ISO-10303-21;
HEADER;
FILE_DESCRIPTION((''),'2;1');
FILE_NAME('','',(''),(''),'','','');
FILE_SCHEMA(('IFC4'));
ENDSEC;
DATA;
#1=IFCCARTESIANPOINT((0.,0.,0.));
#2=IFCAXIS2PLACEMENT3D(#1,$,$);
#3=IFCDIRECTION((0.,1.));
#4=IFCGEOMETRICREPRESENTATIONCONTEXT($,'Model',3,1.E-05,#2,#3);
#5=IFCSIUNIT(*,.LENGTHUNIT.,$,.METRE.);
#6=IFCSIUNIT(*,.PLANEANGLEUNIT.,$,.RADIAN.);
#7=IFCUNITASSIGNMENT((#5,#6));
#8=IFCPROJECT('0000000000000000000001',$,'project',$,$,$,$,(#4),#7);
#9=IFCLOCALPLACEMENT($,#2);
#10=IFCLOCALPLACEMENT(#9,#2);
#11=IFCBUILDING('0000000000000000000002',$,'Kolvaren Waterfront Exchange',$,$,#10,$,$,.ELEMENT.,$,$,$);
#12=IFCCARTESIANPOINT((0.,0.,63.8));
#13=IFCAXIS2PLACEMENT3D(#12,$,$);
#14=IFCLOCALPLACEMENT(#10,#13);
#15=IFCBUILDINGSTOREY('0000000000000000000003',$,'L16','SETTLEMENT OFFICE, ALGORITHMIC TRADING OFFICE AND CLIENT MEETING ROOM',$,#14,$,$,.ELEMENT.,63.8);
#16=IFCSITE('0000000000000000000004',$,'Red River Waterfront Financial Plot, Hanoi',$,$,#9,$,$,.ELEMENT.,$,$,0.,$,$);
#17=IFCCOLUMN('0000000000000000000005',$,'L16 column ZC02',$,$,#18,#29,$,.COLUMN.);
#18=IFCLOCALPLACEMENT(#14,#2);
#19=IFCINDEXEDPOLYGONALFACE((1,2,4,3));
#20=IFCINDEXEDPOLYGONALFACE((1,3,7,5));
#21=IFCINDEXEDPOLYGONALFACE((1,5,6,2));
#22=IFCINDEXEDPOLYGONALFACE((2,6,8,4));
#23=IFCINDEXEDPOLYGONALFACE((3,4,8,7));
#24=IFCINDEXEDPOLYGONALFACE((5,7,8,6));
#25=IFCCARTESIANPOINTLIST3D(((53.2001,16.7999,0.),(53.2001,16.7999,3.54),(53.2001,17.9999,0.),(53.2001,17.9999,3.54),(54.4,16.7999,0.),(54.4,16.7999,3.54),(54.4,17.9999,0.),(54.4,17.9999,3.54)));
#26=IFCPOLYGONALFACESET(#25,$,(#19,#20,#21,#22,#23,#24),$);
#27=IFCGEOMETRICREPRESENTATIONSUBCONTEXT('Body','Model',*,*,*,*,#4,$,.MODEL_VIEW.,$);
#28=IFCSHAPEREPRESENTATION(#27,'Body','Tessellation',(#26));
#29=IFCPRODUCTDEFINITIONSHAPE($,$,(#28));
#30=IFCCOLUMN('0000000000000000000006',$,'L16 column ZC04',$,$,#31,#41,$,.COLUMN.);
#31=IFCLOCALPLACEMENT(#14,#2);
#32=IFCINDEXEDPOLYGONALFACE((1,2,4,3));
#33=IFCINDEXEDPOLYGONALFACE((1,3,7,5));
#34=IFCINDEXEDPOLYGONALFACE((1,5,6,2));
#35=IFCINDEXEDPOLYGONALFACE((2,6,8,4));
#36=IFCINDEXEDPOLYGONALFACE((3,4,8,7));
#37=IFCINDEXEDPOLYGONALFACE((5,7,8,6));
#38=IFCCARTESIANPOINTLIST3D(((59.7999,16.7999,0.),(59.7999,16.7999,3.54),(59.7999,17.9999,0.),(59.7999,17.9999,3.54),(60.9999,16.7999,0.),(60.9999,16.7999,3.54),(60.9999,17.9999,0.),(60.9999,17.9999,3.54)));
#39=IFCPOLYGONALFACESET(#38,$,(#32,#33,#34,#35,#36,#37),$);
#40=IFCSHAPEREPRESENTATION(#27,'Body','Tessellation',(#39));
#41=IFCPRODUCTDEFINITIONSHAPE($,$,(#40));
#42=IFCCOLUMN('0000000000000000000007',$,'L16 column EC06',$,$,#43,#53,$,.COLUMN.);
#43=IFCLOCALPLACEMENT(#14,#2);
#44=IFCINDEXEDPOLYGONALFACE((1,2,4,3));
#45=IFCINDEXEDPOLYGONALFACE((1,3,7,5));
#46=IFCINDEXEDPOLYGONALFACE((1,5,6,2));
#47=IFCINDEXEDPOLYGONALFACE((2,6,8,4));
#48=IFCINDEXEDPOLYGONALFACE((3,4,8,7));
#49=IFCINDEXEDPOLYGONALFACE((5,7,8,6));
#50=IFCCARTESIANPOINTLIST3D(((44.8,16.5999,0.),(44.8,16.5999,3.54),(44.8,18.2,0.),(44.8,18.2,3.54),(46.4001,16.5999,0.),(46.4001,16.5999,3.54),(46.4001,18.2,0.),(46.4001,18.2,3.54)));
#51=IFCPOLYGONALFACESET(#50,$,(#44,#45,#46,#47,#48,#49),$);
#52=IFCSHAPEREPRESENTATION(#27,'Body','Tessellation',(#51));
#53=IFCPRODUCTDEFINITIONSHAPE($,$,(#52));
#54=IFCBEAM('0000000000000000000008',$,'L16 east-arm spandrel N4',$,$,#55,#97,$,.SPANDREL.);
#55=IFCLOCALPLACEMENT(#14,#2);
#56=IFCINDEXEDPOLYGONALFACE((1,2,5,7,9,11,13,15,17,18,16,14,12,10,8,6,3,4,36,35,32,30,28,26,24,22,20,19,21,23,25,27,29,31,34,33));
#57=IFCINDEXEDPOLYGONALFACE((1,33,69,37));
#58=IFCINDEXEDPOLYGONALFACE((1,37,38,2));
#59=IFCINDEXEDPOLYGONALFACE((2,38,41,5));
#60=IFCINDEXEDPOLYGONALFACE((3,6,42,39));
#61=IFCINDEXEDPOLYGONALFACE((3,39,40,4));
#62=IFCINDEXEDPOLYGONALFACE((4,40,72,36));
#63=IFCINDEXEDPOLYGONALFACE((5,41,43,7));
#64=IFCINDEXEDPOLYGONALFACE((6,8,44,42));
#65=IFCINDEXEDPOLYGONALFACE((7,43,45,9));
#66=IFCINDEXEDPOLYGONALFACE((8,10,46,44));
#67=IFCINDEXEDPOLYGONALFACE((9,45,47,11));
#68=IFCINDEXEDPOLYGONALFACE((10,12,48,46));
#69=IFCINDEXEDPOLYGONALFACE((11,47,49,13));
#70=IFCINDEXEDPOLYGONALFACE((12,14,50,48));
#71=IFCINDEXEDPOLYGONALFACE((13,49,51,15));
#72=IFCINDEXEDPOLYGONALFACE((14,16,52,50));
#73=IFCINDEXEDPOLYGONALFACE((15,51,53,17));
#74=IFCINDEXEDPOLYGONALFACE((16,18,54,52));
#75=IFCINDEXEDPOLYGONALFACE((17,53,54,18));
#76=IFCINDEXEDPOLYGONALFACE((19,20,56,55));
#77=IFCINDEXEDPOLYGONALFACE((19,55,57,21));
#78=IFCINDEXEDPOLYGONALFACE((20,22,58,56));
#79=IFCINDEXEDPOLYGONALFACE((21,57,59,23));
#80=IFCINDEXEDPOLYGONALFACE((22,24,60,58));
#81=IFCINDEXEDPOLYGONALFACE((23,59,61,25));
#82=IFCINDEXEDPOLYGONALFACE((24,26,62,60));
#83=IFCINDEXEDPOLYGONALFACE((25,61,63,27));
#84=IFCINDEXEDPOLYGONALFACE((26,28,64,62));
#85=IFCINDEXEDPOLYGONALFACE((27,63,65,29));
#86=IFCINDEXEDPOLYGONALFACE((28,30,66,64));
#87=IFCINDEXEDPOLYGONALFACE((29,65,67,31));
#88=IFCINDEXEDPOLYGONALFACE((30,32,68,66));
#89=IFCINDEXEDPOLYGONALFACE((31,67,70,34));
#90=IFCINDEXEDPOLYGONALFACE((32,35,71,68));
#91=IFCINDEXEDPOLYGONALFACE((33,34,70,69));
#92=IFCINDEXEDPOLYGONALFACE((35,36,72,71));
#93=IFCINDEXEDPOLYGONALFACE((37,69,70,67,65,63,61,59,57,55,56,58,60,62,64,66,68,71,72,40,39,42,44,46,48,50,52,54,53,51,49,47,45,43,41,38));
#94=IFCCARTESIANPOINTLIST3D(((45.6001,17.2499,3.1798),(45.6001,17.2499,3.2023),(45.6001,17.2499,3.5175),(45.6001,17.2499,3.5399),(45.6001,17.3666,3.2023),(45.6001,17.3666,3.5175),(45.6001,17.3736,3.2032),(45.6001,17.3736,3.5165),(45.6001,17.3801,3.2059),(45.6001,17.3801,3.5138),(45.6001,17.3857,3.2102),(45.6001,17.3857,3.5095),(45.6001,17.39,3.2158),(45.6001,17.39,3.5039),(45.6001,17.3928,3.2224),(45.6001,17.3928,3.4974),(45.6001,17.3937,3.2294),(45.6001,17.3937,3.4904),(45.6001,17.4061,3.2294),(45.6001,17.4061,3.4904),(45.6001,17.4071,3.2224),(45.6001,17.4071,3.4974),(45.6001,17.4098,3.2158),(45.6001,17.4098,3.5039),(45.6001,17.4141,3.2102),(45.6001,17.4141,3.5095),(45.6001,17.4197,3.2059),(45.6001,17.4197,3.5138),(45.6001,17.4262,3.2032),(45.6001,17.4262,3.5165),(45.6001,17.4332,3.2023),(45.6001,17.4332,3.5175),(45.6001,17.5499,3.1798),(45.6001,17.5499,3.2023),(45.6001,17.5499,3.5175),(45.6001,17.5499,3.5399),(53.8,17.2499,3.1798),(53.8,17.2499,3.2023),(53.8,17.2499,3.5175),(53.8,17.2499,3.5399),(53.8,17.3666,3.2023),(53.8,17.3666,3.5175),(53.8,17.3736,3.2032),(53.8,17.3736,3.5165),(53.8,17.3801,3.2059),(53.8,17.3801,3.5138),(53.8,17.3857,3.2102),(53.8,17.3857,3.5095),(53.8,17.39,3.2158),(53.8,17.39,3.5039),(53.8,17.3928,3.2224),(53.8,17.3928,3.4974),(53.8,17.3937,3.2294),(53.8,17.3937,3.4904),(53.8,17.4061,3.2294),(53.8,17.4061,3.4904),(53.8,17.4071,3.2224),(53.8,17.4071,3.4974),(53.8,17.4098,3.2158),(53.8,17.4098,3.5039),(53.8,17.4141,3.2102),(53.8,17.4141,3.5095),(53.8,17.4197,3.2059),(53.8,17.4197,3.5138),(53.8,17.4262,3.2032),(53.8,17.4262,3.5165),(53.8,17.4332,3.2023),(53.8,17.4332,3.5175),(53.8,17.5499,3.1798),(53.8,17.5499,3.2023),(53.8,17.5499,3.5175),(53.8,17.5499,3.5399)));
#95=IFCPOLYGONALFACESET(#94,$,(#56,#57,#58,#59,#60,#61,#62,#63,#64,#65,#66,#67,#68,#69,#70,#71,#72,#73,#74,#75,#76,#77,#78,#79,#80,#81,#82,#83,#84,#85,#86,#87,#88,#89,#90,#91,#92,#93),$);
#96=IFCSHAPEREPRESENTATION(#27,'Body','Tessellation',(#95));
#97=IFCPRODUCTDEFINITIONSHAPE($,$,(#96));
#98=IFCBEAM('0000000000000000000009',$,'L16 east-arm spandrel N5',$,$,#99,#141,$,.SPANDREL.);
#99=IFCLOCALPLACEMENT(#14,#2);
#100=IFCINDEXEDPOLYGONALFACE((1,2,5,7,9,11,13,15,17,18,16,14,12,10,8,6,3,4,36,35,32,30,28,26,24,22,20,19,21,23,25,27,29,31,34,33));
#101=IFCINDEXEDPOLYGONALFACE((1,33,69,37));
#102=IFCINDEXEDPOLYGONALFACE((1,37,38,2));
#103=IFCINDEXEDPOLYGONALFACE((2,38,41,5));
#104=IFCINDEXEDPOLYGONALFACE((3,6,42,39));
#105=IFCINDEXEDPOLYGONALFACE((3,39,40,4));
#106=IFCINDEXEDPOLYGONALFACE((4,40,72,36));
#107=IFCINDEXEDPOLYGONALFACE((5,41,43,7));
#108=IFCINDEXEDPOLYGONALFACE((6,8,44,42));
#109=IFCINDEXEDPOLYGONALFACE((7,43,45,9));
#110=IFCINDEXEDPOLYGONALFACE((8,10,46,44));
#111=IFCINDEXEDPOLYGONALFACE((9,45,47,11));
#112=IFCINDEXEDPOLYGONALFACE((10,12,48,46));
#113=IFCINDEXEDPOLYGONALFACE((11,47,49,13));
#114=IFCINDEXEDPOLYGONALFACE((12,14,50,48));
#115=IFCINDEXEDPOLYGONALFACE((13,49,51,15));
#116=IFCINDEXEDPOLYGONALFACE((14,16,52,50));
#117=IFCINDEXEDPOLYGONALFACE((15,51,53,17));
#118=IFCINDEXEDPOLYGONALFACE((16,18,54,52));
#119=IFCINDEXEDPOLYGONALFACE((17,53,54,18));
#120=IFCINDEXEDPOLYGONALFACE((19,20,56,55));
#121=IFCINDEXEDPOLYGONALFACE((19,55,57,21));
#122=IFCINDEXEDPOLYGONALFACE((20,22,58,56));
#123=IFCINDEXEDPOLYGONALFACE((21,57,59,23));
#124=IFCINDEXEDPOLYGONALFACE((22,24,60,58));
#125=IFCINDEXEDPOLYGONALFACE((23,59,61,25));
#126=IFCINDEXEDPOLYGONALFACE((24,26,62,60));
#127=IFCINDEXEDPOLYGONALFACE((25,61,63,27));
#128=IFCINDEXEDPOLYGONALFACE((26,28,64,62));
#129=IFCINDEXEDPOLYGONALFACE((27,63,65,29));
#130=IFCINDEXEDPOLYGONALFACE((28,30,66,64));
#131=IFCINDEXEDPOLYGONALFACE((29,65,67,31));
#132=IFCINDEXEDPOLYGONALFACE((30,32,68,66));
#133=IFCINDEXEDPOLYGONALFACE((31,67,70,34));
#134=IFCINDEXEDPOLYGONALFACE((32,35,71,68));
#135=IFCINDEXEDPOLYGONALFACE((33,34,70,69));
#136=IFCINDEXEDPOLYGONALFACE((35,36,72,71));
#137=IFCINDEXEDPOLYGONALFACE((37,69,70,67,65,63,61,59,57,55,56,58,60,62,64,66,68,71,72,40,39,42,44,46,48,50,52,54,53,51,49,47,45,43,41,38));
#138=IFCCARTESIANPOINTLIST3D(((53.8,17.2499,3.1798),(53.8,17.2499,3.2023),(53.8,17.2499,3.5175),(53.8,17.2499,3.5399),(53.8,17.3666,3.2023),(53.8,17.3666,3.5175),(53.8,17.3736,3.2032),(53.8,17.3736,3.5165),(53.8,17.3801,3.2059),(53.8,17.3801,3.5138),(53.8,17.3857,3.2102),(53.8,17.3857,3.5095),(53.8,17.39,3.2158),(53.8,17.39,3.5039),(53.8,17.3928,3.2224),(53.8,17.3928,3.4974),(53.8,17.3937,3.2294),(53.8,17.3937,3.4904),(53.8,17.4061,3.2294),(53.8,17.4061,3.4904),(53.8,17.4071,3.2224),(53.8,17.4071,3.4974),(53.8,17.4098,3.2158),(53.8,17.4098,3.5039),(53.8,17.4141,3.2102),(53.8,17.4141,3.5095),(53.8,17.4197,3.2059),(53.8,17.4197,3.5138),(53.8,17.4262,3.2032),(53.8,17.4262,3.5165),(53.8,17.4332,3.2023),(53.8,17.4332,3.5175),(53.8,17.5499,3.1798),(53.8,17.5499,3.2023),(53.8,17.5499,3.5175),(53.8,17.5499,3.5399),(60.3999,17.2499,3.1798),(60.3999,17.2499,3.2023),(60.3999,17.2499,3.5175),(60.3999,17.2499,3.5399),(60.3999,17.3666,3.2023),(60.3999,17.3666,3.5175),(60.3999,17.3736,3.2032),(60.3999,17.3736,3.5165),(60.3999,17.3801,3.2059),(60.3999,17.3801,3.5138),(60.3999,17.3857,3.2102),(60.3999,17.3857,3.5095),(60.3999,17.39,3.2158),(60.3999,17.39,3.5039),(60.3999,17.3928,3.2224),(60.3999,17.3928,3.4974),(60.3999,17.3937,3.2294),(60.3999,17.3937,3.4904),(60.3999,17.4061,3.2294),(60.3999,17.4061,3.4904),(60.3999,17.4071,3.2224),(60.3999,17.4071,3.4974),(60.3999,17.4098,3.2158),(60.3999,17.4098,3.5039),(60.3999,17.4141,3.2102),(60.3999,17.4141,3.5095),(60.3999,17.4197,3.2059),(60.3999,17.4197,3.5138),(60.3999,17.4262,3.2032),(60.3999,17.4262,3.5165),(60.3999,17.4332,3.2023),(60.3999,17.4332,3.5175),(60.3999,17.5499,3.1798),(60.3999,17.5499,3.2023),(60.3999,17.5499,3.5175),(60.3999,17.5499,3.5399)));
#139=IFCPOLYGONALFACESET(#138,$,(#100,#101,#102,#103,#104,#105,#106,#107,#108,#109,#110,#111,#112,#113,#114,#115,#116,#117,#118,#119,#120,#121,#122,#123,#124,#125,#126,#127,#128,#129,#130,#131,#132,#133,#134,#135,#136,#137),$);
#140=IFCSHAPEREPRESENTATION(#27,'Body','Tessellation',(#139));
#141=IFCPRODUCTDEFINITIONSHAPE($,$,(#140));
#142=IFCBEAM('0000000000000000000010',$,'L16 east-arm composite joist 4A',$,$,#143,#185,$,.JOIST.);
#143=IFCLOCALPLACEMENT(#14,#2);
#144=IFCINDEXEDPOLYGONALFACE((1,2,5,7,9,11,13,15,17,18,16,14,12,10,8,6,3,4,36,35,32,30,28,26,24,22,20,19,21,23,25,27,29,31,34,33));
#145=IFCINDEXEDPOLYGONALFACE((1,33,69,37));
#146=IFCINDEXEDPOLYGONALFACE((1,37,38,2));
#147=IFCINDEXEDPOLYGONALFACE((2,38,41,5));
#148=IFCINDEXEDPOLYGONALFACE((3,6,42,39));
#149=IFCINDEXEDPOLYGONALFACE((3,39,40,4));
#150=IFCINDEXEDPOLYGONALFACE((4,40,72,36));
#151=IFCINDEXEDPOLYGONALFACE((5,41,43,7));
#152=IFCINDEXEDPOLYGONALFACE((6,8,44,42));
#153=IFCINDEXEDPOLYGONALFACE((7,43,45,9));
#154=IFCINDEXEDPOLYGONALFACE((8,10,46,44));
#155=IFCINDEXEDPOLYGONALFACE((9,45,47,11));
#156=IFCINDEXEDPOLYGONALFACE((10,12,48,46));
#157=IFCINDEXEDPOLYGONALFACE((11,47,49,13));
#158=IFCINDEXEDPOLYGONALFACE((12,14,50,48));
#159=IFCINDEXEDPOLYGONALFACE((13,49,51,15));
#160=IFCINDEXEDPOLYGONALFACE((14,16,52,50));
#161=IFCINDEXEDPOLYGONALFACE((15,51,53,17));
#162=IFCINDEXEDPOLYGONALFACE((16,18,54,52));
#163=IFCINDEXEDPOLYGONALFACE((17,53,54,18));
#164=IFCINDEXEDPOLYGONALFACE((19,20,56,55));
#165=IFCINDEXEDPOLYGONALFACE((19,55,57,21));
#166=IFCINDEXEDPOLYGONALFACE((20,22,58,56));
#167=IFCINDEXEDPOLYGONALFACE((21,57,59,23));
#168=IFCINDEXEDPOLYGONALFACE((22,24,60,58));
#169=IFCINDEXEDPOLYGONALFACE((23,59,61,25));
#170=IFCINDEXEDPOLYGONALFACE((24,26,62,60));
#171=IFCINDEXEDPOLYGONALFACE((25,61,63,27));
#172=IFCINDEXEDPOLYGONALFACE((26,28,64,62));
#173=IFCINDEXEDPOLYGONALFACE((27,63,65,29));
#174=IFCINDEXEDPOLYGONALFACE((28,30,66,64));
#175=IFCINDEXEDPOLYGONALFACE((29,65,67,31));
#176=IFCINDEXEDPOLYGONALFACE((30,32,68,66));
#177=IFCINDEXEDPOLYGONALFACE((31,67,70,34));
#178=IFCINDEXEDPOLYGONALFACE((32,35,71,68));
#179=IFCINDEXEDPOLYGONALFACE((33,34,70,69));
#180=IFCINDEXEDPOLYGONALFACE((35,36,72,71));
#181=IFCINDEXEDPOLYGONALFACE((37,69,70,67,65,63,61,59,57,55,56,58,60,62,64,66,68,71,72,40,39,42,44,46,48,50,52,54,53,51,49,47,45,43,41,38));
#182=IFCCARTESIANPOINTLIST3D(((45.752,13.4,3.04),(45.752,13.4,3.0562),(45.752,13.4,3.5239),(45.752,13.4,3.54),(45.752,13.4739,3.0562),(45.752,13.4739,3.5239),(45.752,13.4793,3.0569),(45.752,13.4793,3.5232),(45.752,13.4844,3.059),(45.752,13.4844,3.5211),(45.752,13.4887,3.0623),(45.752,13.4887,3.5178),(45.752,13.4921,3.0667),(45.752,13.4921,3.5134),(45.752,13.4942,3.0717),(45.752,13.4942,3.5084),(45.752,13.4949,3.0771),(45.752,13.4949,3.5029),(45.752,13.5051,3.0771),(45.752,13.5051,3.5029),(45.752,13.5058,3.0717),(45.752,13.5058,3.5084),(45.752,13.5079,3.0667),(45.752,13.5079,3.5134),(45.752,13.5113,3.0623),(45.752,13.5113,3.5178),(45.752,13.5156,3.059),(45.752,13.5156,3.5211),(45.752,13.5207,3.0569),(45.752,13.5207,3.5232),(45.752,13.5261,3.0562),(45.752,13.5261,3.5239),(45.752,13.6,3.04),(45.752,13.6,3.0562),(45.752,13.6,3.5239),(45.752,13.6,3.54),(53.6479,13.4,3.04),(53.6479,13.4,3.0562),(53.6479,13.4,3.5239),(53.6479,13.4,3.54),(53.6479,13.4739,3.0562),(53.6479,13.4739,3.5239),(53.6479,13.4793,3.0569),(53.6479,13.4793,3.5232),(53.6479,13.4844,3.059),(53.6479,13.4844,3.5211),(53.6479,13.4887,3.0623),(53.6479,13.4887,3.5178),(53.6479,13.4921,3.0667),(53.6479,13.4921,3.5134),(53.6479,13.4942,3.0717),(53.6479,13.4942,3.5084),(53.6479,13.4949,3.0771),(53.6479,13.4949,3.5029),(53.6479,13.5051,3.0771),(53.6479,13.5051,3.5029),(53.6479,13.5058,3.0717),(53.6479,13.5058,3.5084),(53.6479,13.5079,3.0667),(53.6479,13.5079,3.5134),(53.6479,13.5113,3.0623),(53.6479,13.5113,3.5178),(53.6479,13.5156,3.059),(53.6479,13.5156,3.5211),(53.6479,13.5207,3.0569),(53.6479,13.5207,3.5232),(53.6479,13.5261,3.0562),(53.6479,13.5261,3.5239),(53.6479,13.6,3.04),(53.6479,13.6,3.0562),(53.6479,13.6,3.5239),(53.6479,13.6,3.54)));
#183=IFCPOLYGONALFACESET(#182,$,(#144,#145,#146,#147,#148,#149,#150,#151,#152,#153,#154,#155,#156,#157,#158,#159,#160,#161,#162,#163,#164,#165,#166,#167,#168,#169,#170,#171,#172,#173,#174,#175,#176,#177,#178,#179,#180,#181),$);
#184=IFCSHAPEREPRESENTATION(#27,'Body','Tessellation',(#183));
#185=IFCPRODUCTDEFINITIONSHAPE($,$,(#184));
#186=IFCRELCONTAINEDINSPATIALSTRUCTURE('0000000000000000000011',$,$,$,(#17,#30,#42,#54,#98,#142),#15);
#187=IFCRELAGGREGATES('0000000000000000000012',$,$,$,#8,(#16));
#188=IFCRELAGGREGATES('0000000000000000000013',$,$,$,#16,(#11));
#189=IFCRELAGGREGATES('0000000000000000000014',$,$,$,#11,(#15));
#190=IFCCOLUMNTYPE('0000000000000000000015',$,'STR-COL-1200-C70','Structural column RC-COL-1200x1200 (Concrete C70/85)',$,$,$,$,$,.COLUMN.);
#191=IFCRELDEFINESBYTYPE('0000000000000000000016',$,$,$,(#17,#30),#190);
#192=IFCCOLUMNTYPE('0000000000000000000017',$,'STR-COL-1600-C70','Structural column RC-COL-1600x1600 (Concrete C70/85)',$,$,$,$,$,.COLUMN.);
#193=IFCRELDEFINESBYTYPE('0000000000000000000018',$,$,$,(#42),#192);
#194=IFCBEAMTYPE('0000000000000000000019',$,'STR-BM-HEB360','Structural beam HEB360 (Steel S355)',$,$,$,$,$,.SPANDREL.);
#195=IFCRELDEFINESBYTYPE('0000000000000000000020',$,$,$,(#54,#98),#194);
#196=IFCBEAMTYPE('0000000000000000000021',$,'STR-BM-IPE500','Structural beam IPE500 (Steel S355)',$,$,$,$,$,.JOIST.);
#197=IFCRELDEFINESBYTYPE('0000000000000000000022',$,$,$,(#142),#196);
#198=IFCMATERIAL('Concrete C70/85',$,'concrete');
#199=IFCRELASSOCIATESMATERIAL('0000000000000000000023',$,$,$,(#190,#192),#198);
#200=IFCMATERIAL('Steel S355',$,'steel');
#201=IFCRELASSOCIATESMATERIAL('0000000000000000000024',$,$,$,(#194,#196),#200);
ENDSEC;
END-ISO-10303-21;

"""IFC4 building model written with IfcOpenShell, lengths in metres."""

from ifc_helpers import new_model, si_unit, direction, frame, origin, origin_2d, place, context, subcontext, project, spatial, rectangle, i_section, extrude, material, material_profile, profile_set, type_object, element, save


model = new_model("IFC4")

# Units and contexts
model_context = context("Model", 3, precision=1e-05, world=origin(), true_north=direction((0.0, 1.0)))
body_context = subcontext(model_context, "Body", "Model", "MODEL_VIEW")
ifc_project = project(units=[si_unit("LENGTHUNIT", "METRE"), si_unit("PLANEANGLEUNIT", "RADIAN")], contexts=[model_context])

# Site, building, storey
site_placement = place(None, origin())
site = spatial("IfcSite", under=ifc_project, at=site_placement, Name="Red River Waterfront Financial Plot, Hanoi", CompositionType="ELEMENT", RefElevation=0.0)
building_placement = place(site_placement, origin())
building = spatial("IfcBuilding", under=site, at=building_placement, Name="Kolvaren Waterfront Exchange", CompositionType="ELEMENT")
storey_placement = place(building_placement, frame((0.0, 0.0, 63.8)))
storey = spatial("IfcBuildingStorey", under=building, at=storey_placement, Name="L16", Description="SETTLEMENT OFFICE, ALGORITHMIC TRADING OFFICE AND CLIENT MEETING ROOM", CompositionType="ELEMENT", Elevation=63.8)

# Columns
ifc_material_1 = material(Name="Concrete C70/85", Category="concrete")
ifc_material_profile_1 = material_profile(ifc_material_1, rectangle(XDim=1.2, YDim=1.2, at=origin_2d()), Name="RC-COL-1200x1200")
ifc_profile_set_1 = profile_set([ifc_material_profile_1], Name="Concrete C70/85")
column_type_1 = type_object("IfcColumnType", Name="STR-COL-1200-C70", Description="Structural column RC-COL-1200x1200 (Concrete C70/85)", PredefinedType="COLUMN", material=ifc_profile_set_1)
for number, where, z_axis, x_axis, name in (
    (1, (53.8, 17.3999, 0.0), (0.0, 0.0, 1.0), (1.0, 0.0, 0.0), "L16 column ZC02"),
    (2, (60.3999, 17.3999, 0.0), (0.0, 0.0, 1.0), (1.0, 0.0, 0.0), "L16 column ZC04"),
):
    element("IfcColumn", number, at=place(storey_placement, frame(where, z_axis=z_axis, x_axis=x_axis)), inside=storey, type_object=column_type_1, Name=name, PredefinedType="COLUMN", context=body_context, shape_type="SweptSolid", body=[
        extrude(rectangle(XDim=1.2, YDim=1.2, at=origin_2d()), origin(), (0.0, 0.0, 1.0), 3.54),
    ])
ifc_material_profile_2 = material_profile(ifc_material_1, rectangle(XDim=1.6001, YDim=1.6001, at=origin_2d()), Name="RC-COL-1600x1600")
ifc_profile_set_2 = profile_set([ifc_material_profile_2], Name="Concrete C70/85")
column_type_2 = type_object("IfcColumnType", Name="STR-COL-1600-C70", Description="Structural column RC-COL-1600x1600 (Concrete C70/85)", PredefinedType="COLUMN", material=ifc_profile_set_2)
column_placement = place(storey_placement, frame((45.6001, 17.3999, 0.0), z_axis=(0.0, 0.0, 1.0), x_axis=(1.0, 0.0, 0.0)))
element("IfcColumn", 3, at=column_placement, inside=storey, type_object=column_type_2, Name="L16 column EC06", PredefinedType="COLUMN", context=body_context, shape_type="SweptSolid", body=[
    extrude(rectangle(XDim=1.6001, YDim=1.6001, at=origin_2d()), origin(), (0.0, 0.0, 1.0), 3.54),
])

# Beams
ifc_material_2 = material(Name="Steel S355", Category="steel")
ifc_material_profile_3 = material_profile(ifc_material_2, i_section(OverallWidth=0.3, OverallDepth=0.3601, WebThickness=0.0125, FlangeThickness=0.0225, FilletRadius=0.0271, at=origin_2d()), Name="HEB360")
ifc_profile_set_3 = profile_set([ifc_material_profile_3], Name="Steel S355")
beam_type_1 = type_object("IfcBeamType", Name="STR-BM-HEB360", Description="Structural beam HEB360 (Steel S355)", PredefinedType="SPANDREL", material=ifc_profile_set_3)
beam_1_placement = place(storey_placement, frame((45.6001, 17.3999, 3.3599), z_axis=(1.0, 0.0, 0.0), x_axis=(0.0, 1.0, 0.0)))
element("IfcBeam", 4, at=beam_1_placement, inside=storey, type_object=beam_type_1, Name="L16 east-arm spandrel N4", PredefinedType="SPANDREL", context=body_context, shape_type="SweptSolid", body=[
    extrude(i_section(OverallWidth=0.3, OverallDepth=0.3601, WebThickness=0.0125, FlangeThickness=0.0225, FilletRadius=0.0271, at=origin_2d()), origin(), (0.0, 0.0, 1.0), 8.2),
])
beam_2_placement = place(storey_placement, frame((53.8, 17.3999, 3.3599), z_axis=(1.0, 0.0, 0.0), x_axis=(0.0, 1.0, 0.0)))
element("IfcBeam", 5, at=beam_2_placement, inside=storey, type_object=beam_type_1, Name="L16 east-arm spandrel N5", PredefinedType="SPANDREL", context=body_context, shape_type="SweptSolid", body=[
    extrude(i_section(OverallWidth=0.3, OverallDepth=0.3601, WebThickness=0.0125, FlangeThickness=0.0225, FilletRadius=0.0271, at=origin_2d()), origin(), (0.0, 0.0, 1.0), 6.5999),
])
ifc_material_profile_4 = material_profile(ifc_material_2, i_section(OverallWidth=0.2, OverallDepth=0.5, WebThickness=0.0103, FlangeThickness=0.0161, FilletRadius=0.021, at=origin_2d()), Name="IPE500")
ifc_profile_set_4 = profile_set([ifc_material_profile_4], Name="Steel S355")
beam_type_2 = type_object("IfcBeamType", Name="STR-BM-IPE500", Description="Structural beam IPE500 (Steel S355)", PredefinedType="JOIST", material=ifc_profile_set_4)
for number, where, z_axis, x_axis, name in (
    (6, (45.752, 13.5, 3.29), (1.0, 0.0, 0.0), (0.0, 1.0, 0.0), "L16 east-arm composite joist 4A"),
):
    element("IfcBeam", number, at=place(storey_placement, frame(where, z_axis=z_axis, x_axis=x_axis)), inside=storey, type_object=beam_type_2, Name=name, PredefinedType="JOIST", context=body_context, shape_type="SweptSolid", body=[
        extrude(i_section(OverallWidth=0.2, OverallDepth=0.5, WebThickness=0.0103, FlangeThickness=0.0161, FilletRadius=0.021, at=origin_2d()), origin(), (0.0, 0.0, 1.0), 7.896),
    ])

save(model, "model.ifc")
